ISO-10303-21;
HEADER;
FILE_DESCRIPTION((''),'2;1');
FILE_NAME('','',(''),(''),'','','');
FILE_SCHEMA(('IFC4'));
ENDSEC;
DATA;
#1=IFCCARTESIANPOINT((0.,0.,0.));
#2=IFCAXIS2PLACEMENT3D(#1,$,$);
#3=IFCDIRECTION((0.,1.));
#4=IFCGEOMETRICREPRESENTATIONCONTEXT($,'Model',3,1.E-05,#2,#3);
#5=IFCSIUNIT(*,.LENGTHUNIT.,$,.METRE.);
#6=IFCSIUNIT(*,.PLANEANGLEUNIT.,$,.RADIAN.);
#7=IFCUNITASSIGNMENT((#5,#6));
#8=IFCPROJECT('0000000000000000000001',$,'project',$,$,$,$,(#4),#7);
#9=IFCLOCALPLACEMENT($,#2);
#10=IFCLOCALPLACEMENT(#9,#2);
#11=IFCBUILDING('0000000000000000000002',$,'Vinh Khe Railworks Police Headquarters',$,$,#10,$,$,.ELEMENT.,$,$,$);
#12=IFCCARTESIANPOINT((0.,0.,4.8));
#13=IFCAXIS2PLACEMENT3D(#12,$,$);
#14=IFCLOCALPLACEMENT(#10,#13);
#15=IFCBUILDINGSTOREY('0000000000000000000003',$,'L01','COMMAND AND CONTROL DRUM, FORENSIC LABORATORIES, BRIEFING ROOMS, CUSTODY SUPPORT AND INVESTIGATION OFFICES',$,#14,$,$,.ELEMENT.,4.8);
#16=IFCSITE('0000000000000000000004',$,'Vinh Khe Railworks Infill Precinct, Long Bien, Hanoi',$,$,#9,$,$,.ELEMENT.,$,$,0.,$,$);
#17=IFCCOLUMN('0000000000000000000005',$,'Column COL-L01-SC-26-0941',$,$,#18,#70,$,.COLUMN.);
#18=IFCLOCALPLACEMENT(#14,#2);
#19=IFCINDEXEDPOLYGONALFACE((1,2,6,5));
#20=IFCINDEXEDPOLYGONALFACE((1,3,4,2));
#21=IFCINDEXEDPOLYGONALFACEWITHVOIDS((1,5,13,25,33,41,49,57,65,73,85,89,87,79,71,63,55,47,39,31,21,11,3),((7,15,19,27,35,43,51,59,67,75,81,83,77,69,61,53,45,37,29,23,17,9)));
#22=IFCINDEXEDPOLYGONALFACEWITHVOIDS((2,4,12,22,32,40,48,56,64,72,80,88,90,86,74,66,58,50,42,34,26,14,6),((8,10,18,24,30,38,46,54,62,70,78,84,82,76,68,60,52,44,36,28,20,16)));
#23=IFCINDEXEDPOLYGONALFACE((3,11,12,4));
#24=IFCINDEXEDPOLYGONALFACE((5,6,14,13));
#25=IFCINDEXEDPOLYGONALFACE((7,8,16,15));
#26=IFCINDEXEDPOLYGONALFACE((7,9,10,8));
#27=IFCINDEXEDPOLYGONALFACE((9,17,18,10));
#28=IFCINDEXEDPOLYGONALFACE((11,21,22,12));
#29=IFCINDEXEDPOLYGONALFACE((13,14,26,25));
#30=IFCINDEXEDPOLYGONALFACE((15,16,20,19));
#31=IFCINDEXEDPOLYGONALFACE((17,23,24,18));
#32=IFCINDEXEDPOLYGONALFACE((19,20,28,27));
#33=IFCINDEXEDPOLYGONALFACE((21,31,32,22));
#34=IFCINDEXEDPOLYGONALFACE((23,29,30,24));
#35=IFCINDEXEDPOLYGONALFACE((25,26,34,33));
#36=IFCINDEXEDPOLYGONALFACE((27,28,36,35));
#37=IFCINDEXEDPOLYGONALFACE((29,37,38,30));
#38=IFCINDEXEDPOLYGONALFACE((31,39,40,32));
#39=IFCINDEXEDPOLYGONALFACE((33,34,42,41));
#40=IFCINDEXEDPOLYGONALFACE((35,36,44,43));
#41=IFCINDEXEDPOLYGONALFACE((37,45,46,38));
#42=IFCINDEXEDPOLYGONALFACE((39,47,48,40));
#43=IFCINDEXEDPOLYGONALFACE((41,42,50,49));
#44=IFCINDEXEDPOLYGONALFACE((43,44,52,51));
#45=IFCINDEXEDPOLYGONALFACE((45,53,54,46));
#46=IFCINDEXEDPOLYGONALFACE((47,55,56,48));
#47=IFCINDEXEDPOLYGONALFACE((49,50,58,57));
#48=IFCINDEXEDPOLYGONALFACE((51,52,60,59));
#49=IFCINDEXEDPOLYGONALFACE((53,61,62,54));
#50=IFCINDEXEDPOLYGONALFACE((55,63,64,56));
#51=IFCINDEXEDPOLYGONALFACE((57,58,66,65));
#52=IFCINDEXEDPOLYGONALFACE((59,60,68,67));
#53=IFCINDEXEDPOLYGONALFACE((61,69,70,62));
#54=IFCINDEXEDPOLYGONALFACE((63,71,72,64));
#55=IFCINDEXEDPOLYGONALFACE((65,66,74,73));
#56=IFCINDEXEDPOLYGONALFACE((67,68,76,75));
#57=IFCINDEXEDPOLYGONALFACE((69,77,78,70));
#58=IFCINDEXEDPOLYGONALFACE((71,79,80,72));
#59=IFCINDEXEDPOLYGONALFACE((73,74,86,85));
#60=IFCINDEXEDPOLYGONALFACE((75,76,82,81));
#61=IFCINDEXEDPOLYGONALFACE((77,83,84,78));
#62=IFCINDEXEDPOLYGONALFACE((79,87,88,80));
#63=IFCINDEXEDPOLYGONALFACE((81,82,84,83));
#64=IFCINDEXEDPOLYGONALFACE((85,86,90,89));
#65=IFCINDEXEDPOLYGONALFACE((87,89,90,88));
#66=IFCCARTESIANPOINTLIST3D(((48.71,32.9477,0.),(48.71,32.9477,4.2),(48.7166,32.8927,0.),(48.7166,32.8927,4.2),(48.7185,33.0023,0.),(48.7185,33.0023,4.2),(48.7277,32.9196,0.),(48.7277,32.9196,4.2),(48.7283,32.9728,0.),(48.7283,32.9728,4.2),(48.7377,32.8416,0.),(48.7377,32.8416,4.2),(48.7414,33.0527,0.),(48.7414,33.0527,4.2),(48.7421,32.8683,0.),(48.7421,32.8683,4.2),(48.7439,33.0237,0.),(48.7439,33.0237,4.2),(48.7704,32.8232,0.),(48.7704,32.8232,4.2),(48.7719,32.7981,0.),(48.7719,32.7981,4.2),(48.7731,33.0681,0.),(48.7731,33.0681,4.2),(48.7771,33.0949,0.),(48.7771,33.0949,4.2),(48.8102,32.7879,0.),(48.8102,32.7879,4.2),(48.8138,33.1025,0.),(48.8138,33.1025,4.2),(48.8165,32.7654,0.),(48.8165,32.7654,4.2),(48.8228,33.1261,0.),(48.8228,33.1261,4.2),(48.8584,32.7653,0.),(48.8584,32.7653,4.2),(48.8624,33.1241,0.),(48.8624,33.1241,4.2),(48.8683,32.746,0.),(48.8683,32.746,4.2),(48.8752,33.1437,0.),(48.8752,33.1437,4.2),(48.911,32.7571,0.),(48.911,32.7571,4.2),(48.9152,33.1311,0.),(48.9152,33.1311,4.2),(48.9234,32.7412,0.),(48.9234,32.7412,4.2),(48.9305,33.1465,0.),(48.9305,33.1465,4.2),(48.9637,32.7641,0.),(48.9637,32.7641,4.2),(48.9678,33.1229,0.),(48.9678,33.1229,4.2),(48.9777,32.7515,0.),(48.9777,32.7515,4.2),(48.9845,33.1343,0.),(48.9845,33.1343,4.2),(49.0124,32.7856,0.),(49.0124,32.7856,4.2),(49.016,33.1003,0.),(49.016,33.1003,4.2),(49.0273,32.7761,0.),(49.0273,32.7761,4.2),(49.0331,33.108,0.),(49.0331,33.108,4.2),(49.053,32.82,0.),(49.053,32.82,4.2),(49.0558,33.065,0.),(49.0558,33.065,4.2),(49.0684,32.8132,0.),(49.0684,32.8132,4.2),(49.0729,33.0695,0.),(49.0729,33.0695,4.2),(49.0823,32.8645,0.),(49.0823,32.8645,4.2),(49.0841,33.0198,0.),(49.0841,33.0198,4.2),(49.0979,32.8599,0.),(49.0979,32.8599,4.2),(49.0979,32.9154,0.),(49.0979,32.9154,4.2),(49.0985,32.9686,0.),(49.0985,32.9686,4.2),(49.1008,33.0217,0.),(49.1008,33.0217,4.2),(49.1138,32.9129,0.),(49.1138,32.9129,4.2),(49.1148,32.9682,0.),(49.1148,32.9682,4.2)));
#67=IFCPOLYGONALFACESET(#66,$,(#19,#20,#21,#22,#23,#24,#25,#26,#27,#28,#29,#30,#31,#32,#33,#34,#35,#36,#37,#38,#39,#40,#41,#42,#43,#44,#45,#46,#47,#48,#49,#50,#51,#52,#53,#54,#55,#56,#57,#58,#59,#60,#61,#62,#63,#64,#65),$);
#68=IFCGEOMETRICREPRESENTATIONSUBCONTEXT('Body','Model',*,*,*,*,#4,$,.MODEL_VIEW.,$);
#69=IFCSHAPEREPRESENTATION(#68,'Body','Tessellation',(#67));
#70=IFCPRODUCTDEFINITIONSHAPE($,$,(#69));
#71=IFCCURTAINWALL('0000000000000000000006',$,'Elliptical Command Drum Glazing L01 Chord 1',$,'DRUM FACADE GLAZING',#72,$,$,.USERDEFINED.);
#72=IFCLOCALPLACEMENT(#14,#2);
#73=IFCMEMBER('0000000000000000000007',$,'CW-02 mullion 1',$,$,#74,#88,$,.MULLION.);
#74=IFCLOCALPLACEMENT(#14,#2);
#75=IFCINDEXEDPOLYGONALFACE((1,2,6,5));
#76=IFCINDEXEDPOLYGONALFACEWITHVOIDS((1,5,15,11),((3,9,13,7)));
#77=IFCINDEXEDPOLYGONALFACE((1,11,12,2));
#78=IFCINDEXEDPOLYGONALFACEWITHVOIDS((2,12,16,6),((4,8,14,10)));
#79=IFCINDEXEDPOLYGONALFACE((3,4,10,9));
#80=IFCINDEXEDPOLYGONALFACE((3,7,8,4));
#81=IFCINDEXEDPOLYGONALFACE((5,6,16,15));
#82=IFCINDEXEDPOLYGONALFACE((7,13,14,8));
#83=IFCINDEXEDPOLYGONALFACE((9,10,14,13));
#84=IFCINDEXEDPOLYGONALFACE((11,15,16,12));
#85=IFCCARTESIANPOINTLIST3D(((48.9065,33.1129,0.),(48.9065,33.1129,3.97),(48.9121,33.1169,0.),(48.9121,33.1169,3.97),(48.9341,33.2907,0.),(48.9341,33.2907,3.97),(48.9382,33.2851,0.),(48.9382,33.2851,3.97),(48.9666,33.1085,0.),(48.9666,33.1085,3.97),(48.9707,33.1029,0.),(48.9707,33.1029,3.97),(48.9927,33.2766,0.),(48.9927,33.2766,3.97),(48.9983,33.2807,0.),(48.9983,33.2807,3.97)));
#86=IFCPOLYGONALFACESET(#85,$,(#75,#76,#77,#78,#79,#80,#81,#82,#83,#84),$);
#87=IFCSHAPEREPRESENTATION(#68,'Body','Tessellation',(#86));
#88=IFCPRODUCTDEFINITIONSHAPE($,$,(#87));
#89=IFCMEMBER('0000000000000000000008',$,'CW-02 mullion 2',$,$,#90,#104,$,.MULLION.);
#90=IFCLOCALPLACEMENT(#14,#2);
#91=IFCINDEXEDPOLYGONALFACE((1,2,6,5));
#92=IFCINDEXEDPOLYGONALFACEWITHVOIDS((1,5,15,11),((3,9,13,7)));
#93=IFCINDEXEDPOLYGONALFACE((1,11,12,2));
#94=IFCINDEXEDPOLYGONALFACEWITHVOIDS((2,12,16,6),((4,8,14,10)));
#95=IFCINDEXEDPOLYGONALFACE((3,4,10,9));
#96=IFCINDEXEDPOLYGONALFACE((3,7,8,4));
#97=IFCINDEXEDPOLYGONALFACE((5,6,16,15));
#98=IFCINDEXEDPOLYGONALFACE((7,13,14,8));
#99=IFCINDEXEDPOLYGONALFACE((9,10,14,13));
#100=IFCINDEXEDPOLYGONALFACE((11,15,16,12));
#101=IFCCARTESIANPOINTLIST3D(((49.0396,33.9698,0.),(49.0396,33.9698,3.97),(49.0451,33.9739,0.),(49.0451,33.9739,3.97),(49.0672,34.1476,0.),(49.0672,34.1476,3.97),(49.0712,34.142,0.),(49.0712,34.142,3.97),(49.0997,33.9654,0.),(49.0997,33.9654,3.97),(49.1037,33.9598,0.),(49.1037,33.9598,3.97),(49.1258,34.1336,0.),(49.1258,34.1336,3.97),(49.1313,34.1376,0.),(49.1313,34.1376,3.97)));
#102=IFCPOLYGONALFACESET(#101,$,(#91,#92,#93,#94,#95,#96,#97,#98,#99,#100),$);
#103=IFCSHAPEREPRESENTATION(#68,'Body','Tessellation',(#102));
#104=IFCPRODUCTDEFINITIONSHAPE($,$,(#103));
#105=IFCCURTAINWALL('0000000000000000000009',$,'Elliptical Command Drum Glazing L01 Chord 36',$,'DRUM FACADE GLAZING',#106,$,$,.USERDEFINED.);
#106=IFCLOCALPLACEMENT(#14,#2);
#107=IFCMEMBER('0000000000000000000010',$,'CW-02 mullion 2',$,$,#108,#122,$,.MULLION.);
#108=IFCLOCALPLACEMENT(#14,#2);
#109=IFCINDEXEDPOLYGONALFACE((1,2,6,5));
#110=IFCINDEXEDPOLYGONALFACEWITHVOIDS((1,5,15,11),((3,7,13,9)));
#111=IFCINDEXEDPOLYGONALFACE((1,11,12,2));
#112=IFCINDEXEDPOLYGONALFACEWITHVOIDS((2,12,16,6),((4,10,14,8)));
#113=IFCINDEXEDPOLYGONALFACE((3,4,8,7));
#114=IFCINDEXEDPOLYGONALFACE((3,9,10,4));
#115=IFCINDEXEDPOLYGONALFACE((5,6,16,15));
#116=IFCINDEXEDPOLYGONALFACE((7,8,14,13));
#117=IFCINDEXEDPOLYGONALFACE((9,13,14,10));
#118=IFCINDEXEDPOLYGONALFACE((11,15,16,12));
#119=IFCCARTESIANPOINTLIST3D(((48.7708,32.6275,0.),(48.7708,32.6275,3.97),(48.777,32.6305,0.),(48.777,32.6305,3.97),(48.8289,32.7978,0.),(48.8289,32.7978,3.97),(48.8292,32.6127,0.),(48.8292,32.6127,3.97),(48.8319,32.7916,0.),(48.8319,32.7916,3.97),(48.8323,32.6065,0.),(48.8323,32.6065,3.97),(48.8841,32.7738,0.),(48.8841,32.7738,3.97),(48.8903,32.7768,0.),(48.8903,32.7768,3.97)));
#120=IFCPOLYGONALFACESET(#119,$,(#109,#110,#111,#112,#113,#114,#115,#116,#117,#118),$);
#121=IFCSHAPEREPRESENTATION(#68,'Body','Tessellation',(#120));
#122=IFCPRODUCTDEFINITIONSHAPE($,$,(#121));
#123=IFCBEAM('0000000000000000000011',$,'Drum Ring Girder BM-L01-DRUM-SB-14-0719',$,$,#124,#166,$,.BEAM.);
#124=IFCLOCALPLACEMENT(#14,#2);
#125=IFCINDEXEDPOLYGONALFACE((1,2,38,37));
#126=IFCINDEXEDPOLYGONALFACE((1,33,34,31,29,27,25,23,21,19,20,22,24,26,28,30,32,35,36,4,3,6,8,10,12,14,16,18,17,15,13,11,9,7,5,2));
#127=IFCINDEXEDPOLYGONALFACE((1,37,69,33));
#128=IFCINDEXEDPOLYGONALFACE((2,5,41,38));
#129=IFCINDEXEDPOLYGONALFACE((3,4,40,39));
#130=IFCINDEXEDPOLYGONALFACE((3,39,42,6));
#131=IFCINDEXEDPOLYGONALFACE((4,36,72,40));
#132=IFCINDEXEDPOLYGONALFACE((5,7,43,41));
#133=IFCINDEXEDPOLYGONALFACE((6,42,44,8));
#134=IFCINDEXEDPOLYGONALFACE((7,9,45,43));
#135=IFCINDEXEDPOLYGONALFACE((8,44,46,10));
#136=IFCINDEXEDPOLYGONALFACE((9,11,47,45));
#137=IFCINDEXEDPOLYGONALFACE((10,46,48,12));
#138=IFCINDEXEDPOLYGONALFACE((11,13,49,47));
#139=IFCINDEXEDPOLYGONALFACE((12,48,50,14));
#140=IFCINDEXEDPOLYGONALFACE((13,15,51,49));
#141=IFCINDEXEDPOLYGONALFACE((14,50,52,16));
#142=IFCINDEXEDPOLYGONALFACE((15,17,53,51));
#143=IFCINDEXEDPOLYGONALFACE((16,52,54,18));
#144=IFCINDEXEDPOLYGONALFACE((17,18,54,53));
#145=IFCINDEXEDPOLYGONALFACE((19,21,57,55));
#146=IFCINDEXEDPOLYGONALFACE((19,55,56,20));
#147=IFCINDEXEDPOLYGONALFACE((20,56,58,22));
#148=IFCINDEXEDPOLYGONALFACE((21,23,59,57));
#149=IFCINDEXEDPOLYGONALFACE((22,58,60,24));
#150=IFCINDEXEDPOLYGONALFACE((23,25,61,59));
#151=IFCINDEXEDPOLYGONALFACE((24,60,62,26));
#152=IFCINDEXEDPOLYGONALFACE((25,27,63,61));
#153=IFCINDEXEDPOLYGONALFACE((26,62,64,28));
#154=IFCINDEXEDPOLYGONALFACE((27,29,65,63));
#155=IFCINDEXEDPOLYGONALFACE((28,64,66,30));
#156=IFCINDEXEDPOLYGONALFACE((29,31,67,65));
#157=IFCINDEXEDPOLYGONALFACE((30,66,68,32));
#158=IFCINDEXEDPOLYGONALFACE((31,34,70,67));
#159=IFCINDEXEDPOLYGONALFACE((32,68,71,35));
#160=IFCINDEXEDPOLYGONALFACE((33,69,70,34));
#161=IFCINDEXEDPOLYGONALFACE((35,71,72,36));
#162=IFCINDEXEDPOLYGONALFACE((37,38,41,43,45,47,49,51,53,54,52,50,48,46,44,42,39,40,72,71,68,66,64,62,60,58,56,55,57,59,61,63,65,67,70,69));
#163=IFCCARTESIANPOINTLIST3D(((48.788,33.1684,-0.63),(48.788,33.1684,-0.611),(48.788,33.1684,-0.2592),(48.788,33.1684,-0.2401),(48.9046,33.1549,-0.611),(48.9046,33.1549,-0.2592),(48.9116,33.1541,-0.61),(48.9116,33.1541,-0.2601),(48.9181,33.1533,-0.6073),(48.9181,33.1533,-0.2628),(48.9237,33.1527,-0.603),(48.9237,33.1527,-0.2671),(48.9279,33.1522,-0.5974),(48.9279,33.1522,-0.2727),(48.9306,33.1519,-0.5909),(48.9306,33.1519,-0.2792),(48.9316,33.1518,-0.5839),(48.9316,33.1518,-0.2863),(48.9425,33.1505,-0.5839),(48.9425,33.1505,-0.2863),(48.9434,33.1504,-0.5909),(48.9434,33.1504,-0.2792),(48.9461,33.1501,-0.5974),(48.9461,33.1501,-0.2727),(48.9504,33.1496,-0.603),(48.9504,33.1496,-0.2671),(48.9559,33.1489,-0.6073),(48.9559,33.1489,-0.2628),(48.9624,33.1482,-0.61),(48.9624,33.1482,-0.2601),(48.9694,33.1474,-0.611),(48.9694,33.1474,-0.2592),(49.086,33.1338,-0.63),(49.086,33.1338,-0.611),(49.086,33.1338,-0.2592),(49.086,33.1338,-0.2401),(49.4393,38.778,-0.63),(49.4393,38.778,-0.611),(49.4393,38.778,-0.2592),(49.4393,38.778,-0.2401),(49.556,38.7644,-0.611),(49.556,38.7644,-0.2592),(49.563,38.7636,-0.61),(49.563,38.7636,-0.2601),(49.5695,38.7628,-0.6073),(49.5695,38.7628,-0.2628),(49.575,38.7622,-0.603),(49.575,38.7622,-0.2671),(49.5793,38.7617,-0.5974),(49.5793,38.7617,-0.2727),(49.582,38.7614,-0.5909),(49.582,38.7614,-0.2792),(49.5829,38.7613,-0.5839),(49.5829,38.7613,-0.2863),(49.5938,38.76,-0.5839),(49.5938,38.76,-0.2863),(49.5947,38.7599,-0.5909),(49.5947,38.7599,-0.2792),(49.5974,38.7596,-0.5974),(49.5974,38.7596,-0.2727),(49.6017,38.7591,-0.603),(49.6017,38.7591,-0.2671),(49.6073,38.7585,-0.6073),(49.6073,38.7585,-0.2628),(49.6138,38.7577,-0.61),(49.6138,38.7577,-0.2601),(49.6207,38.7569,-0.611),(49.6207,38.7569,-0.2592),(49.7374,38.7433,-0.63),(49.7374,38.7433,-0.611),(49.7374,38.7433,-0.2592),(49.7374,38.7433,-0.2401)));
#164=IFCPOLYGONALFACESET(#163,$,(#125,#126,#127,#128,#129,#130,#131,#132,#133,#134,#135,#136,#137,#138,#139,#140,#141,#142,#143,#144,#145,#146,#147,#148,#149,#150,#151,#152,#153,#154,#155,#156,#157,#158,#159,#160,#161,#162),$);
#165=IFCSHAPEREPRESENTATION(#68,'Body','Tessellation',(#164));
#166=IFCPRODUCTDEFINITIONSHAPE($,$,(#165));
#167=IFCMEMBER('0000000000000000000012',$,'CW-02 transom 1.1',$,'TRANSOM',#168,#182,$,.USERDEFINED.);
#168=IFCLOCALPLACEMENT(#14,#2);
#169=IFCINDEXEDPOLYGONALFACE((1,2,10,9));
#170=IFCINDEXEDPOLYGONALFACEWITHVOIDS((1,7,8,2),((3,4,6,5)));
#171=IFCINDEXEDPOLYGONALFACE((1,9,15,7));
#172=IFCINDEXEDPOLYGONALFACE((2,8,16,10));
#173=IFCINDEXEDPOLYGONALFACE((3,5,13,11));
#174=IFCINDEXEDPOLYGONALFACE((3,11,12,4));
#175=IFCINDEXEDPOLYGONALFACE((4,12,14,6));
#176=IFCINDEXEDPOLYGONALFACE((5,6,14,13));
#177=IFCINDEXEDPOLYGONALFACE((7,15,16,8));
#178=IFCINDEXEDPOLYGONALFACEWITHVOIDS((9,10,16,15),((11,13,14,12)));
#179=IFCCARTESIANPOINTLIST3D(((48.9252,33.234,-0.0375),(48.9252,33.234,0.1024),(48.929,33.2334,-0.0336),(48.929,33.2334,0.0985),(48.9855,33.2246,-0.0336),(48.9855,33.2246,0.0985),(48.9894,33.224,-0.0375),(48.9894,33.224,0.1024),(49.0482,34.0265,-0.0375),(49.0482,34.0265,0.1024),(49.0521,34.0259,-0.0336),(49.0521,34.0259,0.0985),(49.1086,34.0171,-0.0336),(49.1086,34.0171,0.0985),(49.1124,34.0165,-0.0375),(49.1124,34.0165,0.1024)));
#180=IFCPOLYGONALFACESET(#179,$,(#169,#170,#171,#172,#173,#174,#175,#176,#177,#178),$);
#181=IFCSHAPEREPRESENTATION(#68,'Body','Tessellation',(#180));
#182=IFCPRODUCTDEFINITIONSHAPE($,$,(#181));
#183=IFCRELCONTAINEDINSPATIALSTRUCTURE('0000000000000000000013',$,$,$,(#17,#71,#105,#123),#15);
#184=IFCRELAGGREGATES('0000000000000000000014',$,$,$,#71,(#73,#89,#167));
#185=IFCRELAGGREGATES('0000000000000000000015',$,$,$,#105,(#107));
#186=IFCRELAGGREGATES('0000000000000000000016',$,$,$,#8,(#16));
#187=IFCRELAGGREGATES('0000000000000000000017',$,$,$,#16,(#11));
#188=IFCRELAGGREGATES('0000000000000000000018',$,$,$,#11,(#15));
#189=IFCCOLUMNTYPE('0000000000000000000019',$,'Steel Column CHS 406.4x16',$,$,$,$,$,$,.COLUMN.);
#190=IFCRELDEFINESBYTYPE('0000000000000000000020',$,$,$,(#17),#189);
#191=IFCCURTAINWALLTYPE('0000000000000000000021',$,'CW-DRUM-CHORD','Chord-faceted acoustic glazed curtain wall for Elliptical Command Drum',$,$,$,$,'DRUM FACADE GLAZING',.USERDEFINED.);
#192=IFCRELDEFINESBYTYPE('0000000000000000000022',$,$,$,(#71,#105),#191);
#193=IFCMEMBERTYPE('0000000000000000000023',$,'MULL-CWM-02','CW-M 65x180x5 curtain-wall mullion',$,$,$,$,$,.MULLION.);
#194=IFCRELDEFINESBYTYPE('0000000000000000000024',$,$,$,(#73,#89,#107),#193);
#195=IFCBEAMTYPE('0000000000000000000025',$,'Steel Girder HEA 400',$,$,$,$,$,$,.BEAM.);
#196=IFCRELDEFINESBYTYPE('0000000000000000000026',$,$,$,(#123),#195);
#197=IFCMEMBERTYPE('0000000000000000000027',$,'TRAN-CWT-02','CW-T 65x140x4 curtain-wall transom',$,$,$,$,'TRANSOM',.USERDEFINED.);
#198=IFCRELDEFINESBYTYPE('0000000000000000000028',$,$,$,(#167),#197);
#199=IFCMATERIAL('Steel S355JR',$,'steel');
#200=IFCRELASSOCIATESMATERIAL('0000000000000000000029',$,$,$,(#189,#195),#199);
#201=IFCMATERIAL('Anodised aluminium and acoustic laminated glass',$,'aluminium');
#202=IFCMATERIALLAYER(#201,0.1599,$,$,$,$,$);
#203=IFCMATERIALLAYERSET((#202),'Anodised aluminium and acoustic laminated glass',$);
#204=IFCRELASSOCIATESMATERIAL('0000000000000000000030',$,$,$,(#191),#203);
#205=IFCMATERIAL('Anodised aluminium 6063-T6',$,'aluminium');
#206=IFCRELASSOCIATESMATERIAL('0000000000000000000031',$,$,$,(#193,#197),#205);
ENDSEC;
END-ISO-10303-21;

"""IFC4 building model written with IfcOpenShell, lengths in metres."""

from ifc_helpers import new_model, si_unit, direction, frame, origin, origin_2d, place, context, subcontext, project, spatial, hollow_rectangle, hollow_circle, i_section, extrude, material, layer, layer_set, material_profile, profile_set, type_object, element, aggregate, save


model = new_model("IFC4")

# Units and contexts
model_context = context("Model", 3, precision=1e-05, world=origin(), true_north=direction((0.0, 1.0)))
body_context = subcontext(model_context, "Body", "Model", "MODEL_VIEW")
ifc_project = project(units=[si_unit("LENGTHUNIT", "METRE"), si_unit("PLANEANGLEUNIT", "RADIAN")], contexts=[model_context])

# Site, building, storey
site_placement = place(None, origin())
site = spatial("IfcSite", under=ifc_project, at=site_placement, Name="Vinh Khe Railworks Infill Precinct, Long Bien, Hanoi", CompositionType="ELEMENT", RefElevation=0.0)
building_placement = place(site_placement, origin())
building = spatial("IfcBuilding", under=site, at=building_placement, Name="Vinh Khe Railworks Police Headquarters", CompositionType="ELEMENT")
storey_placement = place(building_placement, frame((0.0, 0.0, 4.8)))
storey = spatial("IfcBuildingStorey", under=building, at=storey_placement, Name="L01", Description="COMMAND AND CONTROL DRUM, FORENSIC LABORATORIES, BRIEFING ROOMS, CUSTODY SUPPORT AND INVESTIGATION OFFICES", CompositionType="ELEMENT", Elevation=4.8)

# Column
ifc_material_1 = material(Name="Steel S355JR", Category="steel")
ifc_material_profile_1 = material_profile(ifc_material_1, hollow_circle(Radius=0.2031, WallThickness=0.0161, at=origin_2d()), Name="CHS 406.4x16")
ifc_profile_set_1 = profile_set([ifc_material_profile_1], Name="Steel S355JR")
column_type = type_object("IfcColumnType", Name="Steel Column CHS 406.4x16", PredefinedType="COLUMN", material=ifc_profile_set_1)
column_placement = place(storey_placement, frame((48.9131, 32.9441, 0.0), z_axis=(0.0, 0.0, 1.0), x_axis=(0.988148, -0.153503, 0.0)))
element("IfcColumn", 1, at=column_placement, inside=storey, type_object=column_type, Name="Column COL-L01-SC-26-0941", PredefinedType="COLUMN", context=body_context, shape_type="SweptSolid", body=[
    extrude(hollow_circle(Radius=0.2031, WallThickness=0.0161, at=origin_2d()), origin(), (0.0, 0.0, 1.0), 4.2),
])

# Curtain wall, members
ifc_material_2 = material(Name="Anodised aluminium and acoustic laminated glass", Category="aluminium")
ifc_layer_1 = layer(ifc_material_2, 0.1599)
ifc_layer_set_1 = layer_set([ifc_layer_1], Name="Anodised aluminium and acoustic laminated glass")
curtain_wall_type = type_object("IfcCurtainWallType", Name="CW-DRUM-CHORD", Description="Chord-faceted acoustic glazed curtain wall for Elliptical Command Drum", ElementType="DRUM FACADE GLAZING", PredefinedType="USERDEFINED", material=ifc_layer_set_1)
curtain_wall_1_placement = place(storey_placement, origin())
curtain_wall_1 = element("IfcCurtainWall", 2, at=curtain_wall_1_placement, inside=storey, type_object=curtain_wall_type, Name="Elliptical Command Drum Glazing L01 Chord 1", ObjectType="DRUM FACADE GLAZING", PredefinedType="USERDEFINED")
ifc_material_3 = material(Name="Anodised aluminium 6063-T6", Category="aluminium")
ifc_material_profile_2 = material_profile(ifc_material_3, hollow_rectangle(XDim=0.0649, YDim=0.1799, WallThickness=0.0049, at=origin_2d()), Name="CW-M 65x180x5")
ifc_profile_set_2 = profile_set([ifc_material_profile_2], Name="Anodised aluminium 6063-T6")
member_type_1 = type_object("IfcMemberType", Name="MULL-CWM-02", Description="CW-M 65x180x5 curtain-wall mullion", PredefinedType="MULLION", material=ifc_profile_set_2)
member_1_placement = place(storey_placement, frame((48.9524, 33.1968, 0.0), z_axis=(0.0, 0.0, 1.0), x_axis=(-0.98815, 0.15349, 0.0)))
member_1 = element("IfcMember", 3, at=member_1_placement, type_object=member_type_1, Name="CW-02 mullion 1", PredefinedType="MULLION", context=body_context, shape_type="SweptSolid", body=[
    extrude(hollow_rectangle(XDim=0.0649, YDim=0.1799, WallThickness=0.0049, at=origin_2d()), origin(), (0.0, 0.0, 1.0), 3.97),
])
member_2_placement = place(storey_placement, frame((49.0854, 34.0537, 0.0), z_axis=(0.0, 0.0, 1.0), x_axis=(-0.98815, 0.15349, 0.0)))
member_2 = element("IfcMember", 4, at=member_2_placement, type_object=member_type_1, Name="CW-02 mullion 2", PredefinedType="MULLION", context=body_context, shape_type="SweptSolid", body=[
    extrude(hollow_rectangle(XDim=0.0649, YDim=0.1799, WallThickness=0.0049, at=origin_2d()), origin(), (0.0, 0.0, 1.0), 3.97),
])

# Curtain wall, member
curtain_wall_2_placement = place(storey_placement, origin())
curtain_wall_2 = element("IfcCurtainWall", 5, at=curtain_wall_2_placement, inside=storey, type_object=curtain_wall_type, Name="Elliptical Command Drum Glazing L01 Chord 36", ObjectType="DRUM FACADE GLAZING", PredefinedType="USERDEFINED")
member_3_placement = place(storey_placement, frame((48.8306, 32.7021, 0.0), z_axis=(0.0, 0.0, 1.0), x_axis=(-0.946484, 0.32275, 0.0)))
member_3 = element("IfcMember", 6, at=member_3_placement, type_object=member_type_1, Name="CW-02 mullion 2", PredefinedType="MULLION", context=body_context, shape_type="SweptSolid", body=[
    extrude(hollow_rectangle(XDim=0.0649, YDim=0.1799, WallThickness=0.0049, at=origin_2d()), origin(), (0.0, 0.0, 1.0), 3.97),
])

# Beam
ifc_material_profile_3 = material_profile(ifc_material_1, i_section(OverallWidth=0.3, OverallDepth=0.3899, WebThickness=0.011, FlangeThickness=0.019, FilletRadius=0.0271, at=origin_2d()), Name="HEA 400")
ifc_profile_set_3 = profile_set([ifc_material_profile_3], Name="Steel S355JR")
beam_type = type_object("IfcBeamType", Name="Steel Girder HEA 400", PredefinedType="BEAM", material=ifc_profile_set_3)
beam_placement = place(storey_placement, frame((48.937, 33.1511, -0.4351), z_axis=(0.115341, 0.993326, 0.0), x_axis=(-0.993326, 0.115341, 0.0)))
element("IfcBeam", 7, at=beam_placement, inside=storey, type_object=beam_type, Name="Drum Ring Girder BM-L01-DRUM-SB-14-0719", PredefinedType="BEAM", context=body_context, shape_type="SweptSolid", body=[
    extrude(i_section(OverallWidth=0.3, OverallDepth=0.3899, WebThickness=0.011, FlangeThickness=0.019, FilletRadius=0.0271, at=origin_2d()), origin(), (0.0, 0.0, 1.0), 5.6472),
])

# Member
ifc_material_profile_4 = material_profile(ifc_material_3, hollow_rectangle(XDim=0.0649, YDim=0.1399, WallThickness=0.0039, at=origin_2d()), Name="CW-T 65x140x4")
ifc_profile_set_4 = profile_set([ifc_material_profile_4], Name="Anodised aluminium 6063-T6")
member_type_2 = type_object("IfcMemberType", Name="TRAN-CWT-02", Description="CW-T 65x140x4 curtain-wall transom", ElementType="TRANSOM", PredefinedType="USERDEFINED", material=ifc_profile_set_4)
member_4_placement = place(storey_placement, frame((48.9573, 33.229, 0.0325), z_axis=(0.15343, 0.98816, 0.0), x_axis=(-0.98816, 0.15343, 0.0)))
member_4 = element("IfcMember", 8, at=member_4_placement, type_object=member_type_2, Name="CW-02 transom 1.1", ObjectType="TRANSOM", PredefinedType="USERDEFINED", context=body_context, shape_type="SweptSolid", body=[
    extrude(hollow_rectangle(XDim=0.0649, YDim=0.1399, WallThickness=0.0039, at=origin_2d()), origin(), (0.0, 0.0, 1.0), 0.802),
])

aggregate(curtain_wall_1, [member_1, member_2, member_4])
aggregate(curtain_wall_2, [member_3])

save(model, "model.ifc")
